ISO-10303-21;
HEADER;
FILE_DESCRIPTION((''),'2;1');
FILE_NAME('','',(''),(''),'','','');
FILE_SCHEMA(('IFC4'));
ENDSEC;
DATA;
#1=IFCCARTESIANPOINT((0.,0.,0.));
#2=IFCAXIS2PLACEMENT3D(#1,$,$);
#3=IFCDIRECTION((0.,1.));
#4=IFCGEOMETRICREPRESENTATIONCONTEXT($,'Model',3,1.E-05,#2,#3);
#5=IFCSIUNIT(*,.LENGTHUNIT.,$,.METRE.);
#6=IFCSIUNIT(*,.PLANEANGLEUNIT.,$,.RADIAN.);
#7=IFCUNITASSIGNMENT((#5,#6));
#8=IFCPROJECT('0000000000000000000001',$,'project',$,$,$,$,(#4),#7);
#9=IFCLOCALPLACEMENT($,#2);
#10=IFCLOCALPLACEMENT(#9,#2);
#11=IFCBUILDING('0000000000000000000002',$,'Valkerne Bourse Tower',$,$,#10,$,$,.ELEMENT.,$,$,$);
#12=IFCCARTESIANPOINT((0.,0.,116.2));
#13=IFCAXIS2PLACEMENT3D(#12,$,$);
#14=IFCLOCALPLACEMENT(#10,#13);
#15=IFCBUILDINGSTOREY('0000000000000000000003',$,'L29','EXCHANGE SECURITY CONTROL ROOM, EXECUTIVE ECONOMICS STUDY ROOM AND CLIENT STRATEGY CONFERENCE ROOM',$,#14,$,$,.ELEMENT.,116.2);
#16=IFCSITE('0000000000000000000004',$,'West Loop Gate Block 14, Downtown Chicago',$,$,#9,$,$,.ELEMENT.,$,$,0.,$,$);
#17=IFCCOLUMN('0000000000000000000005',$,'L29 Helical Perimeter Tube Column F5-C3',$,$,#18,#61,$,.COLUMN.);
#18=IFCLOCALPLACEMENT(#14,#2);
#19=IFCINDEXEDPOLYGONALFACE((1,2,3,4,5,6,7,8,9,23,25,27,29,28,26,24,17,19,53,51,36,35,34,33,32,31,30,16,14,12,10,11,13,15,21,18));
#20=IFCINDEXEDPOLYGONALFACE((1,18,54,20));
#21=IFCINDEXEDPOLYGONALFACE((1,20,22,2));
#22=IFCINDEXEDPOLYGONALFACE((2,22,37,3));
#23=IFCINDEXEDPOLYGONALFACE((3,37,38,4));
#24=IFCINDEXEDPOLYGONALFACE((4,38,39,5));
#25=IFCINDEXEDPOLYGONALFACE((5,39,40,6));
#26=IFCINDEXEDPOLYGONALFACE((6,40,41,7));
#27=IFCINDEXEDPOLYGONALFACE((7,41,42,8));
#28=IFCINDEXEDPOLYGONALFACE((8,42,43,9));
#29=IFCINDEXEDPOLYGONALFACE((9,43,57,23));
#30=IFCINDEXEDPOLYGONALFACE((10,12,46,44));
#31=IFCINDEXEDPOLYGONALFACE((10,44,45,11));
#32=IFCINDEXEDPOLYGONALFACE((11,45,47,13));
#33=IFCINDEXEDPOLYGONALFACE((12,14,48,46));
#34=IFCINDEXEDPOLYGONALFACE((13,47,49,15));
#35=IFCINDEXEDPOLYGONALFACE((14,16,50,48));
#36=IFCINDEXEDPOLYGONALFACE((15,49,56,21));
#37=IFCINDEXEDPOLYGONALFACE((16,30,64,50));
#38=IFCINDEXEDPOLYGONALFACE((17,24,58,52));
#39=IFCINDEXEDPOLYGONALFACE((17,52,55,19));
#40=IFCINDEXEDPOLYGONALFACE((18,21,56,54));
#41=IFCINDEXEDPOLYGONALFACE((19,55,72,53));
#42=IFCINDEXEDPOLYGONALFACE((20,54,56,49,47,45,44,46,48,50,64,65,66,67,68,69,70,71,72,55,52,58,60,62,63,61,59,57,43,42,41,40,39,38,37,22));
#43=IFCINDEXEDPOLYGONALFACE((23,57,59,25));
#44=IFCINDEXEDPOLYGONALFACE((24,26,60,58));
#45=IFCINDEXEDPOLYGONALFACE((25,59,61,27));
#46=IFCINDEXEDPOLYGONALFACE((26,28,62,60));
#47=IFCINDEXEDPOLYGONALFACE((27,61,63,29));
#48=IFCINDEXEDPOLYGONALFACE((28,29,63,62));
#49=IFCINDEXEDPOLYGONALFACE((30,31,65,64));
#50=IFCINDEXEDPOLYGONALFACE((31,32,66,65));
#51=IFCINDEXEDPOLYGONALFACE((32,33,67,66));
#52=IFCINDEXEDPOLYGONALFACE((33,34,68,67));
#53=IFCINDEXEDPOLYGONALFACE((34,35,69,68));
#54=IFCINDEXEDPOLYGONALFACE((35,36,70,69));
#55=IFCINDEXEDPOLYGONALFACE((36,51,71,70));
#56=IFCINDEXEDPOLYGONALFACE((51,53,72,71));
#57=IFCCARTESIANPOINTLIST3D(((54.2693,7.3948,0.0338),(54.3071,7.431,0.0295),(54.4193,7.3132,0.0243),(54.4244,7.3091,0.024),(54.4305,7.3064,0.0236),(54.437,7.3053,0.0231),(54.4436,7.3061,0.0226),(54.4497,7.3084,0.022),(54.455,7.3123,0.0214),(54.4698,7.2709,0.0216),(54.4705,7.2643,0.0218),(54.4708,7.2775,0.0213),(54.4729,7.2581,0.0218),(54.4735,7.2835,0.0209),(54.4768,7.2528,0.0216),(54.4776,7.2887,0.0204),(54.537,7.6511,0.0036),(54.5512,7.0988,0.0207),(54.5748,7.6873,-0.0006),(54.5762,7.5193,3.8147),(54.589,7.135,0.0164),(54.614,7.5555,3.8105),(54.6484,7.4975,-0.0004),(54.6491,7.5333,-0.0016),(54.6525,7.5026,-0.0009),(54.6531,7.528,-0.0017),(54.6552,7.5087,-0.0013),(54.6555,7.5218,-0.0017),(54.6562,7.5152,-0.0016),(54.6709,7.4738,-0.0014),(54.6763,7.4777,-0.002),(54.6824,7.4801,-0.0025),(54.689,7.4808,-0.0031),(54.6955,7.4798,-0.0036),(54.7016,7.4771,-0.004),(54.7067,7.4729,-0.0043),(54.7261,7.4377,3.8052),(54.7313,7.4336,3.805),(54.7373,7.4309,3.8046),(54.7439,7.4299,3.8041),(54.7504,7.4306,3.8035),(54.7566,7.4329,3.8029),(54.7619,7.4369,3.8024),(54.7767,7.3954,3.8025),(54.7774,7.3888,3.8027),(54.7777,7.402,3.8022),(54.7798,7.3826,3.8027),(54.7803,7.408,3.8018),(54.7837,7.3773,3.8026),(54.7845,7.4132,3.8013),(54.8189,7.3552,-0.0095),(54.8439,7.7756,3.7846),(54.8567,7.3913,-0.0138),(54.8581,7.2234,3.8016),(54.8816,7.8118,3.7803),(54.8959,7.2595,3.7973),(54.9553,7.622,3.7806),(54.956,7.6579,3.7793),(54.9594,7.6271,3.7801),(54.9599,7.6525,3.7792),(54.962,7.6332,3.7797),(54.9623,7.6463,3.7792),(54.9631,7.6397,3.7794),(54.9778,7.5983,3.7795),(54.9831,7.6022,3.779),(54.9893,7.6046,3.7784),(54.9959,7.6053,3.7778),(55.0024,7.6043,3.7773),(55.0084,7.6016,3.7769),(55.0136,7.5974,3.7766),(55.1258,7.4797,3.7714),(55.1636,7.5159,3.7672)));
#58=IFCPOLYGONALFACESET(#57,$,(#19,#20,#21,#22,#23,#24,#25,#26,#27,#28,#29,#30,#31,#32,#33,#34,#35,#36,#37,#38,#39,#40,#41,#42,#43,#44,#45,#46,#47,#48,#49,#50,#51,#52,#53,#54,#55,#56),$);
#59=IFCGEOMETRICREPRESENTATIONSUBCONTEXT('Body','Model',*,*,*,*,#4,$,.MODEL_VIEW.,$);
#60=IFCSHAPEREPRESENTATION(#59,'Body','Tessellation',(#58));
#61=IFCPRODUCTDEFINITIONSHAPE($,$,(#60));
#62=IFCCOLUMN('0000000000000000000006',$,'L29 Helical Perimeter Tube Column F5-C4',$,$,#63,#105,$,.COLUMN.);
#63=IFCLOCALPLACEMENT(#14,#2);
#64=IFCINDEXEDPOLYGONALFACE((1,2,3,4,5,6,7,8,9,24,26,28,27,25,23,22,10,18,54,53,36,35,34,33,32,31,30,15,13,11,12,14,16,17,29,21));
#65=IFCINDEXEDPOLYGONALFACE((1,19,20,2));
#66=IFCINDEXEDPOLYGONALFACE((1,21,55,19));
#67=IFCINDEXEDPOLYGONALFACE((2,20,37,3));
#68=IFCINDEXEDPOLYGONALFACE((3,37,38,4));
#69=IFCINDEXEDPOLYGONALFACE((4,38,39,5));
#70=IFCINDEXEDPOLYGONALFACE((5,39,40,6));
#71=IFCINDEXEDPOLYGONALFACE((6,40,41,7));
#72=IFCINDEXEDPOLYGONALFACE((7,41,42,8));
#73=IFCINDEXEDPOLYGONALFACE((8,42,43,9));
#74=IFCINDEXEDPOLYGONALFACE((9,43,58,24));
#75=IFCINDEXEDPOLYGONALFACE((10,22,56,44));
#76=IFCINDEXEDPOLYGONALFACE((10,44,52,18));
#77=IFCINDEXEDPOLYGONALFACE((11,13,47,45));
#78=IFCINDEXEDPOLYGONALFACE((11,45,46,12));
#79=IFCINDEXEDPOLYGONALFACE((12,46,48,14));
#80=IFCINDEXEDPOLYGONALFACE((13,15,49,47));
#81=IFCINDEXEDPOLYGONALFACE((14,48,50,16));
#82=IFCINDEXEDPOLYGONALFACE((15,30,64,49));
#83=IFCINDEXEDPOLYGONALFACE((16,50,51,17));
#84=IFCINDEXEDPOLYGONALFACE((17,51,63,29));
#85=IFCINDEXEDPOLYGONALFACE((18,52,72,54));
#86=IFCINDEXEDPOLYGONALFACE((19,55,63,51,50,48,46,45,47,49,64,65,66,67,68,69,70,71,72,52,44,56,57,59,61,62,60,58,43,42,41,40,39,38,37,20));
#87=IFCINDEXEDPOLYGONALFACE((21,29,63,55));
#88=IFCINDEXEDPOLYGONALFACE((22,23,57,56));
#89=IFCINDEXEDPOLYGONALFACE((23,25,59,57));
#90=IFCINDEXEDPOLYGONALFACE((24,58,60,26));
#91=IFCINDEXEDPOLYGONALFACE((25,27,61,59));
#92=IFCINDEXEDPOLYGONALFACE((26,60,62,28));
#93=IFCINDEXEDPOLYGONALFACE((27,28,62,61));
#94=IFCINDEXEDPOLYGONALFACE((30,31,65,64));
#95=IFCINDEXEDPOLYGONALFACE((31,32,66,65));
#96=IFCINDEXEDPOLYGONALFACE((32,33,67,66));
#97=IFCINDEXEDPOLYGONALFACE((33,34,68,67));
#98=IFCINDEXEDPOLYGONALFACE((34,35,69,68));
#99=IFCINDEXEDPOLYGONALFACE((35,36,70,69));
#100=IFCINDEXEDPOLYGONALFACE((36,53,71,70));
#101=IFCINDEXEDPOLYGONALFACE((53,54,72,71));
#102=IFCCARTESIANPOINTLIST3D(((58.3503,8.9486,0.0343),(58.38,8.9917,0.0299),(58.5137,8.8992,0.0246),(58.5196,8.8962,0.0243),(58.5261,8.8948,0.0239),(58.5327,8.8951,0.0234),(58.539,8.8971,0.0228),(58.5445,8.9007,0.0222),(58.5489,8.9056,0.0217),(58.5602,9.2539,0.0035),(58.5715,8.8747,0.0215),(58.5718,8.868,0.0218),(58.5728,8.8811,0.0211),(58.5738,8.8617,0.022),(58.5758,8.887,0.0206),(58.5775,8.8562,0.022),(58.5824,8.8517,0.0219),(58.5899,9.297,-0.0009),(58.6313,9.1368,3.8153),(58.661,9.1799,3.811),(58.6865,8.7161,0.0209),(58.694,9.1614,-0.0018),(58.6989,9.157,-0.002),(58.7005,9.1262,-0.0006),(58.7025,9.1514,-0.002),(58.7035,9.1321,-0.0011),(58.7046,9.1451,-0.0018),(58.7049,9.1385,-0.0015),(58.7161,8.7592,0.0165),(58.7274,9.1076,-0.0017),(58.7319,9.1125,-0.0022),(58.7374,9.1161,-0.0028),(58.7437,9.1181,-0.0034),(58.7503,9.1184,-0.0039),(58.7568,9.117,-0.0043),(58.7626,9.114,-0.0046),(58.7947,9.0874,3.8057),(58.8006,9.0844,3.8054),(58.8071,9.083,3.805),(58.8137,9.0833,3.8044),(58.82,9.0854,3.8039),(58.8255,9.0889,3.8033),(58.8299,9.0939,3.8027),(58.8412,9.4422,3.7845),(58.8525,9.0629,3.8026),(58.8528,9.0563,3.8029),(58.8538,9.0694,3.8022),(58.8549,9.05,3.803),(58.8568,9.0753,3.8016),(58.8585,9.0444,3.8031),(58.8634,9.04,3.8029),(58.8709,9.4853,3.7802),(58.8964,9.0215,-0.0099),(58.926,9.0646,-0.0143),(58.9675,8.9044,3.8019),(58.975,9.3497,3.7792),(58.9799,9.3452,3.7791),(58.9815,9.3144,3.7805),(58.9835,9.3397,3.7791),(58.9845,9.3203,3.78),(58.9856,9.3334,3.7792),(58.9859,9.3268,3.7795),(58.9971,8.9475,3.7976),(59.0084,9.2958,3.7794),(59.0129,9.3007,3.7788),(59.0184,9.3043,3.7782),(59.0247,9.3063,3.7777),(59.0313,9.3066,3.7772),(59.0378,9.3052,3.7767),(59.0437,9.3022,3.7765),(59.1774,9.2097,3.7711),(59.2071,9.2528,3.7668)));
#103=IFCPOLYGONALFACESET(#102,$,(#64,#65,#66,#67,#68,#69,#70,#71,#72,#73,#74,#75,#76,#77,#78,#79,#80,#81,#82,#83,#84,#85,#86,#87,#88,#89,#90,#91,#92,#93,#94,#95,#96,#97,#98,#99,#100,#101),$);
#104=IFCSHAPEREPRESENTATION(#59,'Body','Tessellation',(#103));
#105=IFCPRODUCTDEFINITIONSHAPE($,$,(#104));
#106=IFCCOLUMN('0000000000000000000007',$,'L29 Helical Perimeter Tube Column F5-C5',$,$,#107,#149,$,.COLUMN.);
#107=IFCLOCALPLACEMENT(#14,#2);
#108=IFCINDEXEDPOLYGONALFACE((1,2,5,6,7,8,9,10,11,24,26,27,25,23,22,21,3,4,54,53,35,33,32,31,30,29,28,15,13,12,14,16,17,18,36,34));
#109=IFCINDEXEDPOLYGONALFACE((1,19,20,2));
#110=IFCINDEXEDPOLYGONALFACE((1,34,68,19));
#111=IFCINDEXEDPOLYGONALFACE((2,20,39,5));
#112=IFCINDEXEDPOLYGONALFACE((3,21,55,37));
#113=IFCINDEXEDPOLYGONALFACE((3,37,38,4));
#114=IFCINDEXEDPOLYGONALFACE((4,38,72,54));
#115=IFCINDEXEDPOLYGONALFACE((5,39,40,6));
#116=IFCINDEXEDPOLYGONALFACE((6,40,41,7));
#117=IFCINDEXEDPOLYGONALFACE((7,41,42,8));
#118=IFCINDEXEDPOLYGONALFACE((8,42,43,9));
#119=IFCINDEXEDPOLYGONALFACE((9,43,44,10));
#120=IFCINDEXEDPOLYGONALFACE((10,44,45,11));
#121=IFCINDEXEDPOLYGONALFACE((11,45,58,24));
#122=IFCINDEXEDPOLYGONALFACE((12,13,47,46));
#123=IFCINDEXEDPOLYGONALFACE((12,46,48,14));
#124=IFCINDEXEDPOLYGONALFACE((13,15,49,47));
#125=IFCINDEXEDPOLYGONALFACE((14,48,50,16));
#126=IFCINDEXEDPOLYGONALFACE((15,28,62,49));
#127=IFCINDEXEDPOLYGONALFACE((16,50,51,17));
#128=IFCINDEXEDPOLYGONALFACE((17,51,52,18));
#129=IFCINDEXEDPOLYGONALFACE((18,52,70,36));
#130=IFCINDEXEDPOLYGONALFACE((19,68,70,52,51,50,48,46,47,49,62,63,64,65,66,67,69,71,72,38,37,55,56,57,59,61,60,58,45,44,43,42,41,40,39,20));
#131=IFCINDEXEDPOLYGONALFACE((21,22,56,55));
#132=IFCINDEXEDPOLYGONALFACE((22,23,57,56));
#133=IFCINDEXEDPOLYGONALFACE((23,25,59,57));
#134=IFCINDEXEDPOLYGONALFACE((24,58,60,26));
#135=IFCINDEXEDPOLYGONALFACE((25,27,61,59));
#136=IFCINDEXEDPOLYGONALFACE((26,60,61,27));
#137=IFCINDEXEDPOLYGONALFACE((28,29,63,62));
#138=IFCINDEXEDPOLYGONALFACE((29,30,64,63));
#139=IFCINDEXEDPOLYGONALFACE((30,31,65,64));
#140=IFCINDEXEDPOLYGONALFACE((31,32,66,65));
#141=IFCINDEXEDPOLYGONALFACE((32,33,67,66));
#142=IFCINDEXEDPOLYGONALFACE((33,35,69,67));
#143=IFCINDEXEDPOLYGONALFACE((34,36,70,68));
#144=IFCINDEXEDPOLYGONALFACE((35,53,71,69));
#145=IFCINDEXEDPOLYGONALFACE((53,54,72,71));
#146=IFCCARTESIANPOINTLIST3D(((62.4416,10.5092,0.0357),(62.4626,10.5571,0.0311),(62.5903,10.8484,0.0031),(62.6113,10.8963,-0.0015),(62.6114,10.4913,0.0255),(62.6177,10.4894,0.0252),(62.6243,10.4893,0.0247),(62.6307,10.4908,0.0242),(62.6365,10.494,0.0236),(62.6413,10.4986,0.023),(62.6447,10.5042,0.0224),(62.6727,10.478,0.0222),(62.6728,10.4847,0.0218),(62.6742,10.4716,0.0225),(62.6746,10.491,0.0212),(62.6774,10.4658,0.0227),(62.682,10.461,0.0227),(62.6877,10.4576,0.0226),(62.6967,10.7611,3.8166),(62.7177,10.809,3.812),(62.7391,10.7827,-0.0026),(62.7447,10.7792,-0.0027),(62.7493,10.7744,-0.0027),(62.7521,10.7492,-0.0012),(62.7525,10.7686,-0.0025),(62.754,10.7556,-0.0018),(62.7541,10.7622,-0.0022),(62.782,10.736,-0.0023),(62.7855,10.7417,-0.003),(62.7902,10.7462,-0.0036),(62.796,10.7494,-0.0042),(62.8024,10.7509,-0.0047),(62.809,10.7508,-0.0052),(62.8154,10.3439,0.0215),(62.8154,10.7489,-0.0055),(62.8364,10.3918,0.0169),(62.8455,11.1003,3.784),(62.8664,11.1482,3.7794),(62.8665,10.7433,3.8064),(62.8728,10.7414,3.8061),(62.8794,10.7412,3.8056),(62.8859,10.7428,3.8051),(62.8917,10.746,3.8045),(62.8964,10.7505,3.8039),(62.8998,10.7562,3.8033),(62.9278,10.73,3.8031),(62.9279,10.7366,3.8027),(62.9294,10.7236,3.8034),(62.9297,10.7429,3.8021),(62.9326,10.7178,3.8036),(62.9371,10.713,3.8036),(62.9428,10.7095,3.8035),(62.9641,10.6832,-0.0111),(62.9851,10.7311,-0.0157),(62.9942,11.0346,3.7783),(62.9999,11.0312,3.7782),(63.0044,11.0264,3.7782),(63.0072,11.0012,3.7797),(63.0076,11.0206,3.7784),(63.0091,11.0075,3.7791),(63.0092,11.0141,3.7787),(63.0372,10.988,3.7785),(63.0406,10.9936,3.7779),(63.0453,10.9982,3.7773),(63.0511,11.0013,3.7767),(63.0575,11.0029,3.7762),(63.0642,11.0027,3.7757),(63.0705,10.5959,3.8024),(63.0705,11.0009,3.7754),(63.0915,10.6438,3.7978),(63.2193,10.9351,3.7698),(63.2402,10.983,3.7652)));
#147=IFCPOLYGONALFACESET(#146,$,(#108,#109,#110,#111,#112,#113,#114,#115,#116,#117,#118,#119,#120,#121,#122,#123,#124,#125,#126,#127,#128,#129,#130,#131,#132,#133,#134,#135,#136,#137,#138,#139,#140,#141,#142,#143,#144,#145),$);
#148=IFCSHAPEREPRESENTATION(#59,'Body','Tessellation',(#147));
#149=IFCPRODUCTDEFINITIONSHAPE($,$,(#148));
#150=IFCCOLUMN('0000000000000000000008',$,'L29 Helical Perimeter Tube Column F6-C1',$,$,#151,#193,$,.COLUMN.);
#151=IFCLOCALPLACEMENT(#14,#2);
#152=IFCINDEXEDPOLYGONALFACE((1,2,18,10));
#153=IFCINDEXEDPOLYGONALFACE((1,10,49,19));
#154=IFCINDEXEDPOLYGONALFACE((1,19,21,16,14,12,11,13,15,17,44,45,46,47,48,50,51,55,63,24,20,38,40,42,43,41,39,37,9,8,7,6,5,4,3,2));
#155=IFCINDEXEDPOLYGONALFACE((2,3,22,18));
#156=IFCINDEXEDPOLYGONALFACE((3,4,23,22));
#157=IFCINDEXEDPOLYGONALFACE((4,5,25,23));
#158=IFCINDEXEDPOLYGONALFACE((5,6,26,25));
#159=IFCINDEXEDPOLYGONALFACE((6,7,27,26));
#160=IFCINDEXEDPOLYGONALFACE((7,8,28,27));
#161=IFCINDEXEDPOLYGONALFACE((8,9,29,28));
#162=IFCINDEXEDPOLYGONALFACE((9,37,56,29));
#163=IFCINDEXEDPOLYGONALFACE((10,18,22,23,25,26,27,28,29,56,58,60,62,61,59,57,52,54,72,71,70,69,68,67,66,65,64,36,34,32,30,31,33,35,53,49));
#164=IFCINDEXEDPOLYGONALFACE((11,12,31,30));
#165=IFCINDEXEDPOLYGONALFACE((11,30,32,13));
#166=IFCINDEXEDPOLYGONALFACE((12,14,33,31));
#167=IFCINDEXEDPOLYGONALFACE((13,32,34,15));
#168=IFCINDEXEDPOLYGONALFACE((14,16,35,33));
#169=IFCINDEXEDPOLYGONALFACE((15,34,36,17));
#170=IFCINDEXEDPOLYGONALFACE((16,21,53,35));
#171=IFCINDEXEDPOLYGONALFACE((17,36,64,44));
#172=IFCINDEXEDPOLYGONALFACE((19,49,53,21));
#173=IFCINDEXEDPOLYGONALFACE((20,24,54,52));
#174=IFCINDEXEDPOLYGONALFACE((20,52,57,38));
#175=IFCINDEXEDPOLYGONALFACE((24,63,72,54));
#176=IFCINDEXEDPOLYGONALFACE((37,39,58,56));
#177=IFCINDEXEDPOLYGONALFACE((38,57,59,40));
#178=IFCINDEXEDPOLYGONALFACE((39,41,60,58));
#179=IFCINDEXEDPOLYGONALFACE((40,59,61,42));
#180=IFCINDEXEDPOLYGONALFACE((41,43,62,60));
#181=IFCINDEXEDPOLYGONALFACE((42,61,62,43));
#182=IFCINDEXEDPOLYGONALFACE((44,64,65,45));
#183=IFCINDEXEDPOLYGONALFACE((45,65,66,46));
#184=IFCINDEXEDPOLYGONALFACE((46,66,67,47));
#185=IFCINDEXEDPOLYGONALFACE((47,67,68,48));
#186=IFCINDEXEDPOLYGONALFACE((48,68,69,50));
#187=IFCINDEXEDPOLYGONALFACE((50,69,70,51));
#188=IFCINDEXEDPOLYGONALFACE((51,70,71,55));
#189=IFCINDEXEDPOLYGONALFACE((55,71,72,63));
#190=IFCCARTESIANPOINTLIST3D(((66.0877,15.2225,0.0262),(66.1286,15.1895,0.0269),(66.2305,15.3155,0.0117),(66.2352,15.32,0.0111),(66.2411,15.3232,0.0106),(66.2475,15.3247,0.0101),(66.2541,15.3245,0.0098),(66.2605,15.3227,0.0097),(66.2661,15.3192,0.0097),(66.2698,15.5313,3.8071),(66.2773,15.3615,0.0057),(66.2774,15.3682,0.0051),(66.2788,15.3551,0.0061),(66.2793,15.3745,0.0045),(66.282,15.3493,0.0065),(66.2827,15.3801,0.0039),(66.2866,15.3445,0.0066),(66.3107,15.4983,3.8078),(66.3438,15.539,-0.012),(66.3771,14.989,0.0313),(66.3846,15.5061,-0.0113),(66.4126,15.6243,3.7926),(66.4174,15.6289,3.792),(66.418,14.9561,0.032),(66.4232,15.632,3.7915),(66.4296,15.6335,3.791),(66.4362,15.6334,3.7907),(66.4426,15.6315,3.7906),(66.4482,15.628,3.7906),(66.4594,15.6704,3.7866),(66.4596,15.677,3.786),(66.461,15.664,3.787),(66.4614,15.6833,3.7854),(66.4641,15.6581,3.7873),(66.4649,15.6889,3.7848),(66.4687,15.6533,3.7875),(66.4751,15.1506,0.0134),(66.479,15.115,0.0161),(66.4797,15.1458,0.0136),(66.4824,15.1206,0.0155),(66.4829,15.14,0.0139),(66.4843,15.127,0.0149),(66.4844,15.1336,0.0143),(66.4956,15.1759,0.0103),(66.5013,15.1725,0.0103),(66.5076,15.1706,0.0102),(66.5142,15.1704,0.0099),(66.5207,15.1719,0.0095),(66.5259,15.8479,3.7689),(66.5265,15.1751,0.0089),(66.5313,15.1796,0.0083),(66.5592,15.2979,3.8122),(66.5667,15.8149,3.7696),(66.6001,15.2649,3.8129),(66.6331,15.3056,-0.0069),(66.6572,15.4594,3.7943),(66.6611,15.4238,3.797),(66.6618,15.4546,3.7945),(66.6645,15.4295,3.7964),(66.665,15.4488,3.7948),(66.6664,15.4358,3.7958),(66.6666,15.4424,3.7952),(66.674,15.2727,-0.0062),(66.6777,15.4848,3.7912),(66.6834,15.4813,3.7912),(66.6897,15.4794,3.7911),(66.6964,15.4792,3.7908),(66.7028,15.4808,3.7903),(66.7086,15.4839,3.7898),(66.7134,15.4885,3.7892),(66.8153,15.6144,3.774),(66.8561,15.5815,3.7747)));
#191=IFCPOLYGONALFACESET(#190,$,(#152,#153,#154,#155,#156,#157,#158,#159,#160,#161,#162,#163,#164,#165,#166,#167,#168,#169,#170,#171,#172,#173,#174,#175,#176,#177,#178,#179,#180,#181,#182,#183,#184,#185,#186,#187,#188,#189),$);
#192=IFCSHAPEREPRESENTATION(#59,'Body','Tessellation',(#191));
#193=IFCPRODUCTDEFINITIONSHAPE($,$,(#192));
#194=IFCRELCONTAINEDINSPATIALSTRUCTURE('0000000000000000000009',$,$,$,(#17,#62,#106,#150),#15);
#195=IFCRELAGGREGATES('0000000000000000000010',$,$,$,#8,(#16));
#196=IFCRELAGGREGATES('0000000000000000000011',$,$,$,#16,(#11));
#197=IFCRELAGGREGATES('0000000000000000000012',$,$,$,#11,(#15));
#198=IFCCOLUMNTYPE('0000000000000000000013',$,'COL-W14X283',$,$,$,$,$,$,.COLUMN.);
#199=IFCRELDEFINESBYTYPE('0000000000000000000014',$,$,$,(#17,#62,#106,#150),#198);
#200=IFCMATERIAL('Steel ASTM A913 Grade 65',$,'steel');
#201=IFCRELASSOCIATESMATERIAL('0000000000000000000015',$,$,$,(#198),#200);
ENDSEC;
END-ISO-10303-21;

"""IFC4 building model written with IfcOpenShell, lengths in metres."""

from ifc_helpers import new_model, si_unit, direction, frame, origin, origin_2d, place, context, subcontext, project, spatial, i_section, extrude, material, material_profile, profile_set, type_object, element, save


model = new_model("IFC4")

# Units and contexts
model_context = context("Model", 3, precision=1e-05, world=origin(), true_north=direction((0.0, 1.0)))
body_context = subcontext(model_context, "Body", "Model", "MODEL_VIEW")
ifc_project = project(units=[si_unit("LENGTHUNIT", "METRE"), si_unit("PLANEANGLEUNIT", "RADIAN")], contexts=[model_context])

# Site, building, storey
site_placement = place(None, origin())
site = spatial("IfcSite", under=ifc_project, at=site_placement, Name="West Loop Gate Block 14, Downtown Chicago", CompositionType="ELEMENT", RefElevation=0.0)
building_placement = place(site_placement, origin())
building = spatial("IfcBuilding", under=site, at=building_placement, Name="Valkerne Bourse Tower", CompositionType="ELEMENT")
storey_placement = place(building_placement, frame((0.0, 0.0, 116.2)))
storey = spatial("IfcBuildingStorey", under=building, at=storey_placement, Name="L29", Description="EXCHANGE SECURITY CONTROL ROOM, EXECUTIVE ECONOMICS STUDY ROOM AND CLIENT STRATEGY CONFERENCE ROOM", CompositionType="ELEMENT", Elevation=116.2)

# Columns
ifc_material_1 = material(Name="Steel ASTM A913 Grade 65", Category="steel")
ifc_material_profile_1 = material_profile(ifc_material_1, i_section(OverallWidth=0.4089, OverallDepth=0.4243, WebThickness=0.0327, FlangeThickness=0.0525, FilletRadius=0.0254, at=origin_2d()), Name="W14X283")
ifc_profile_set_1 = profile_set([ifc_material_profile_1], Name="Steel ASTM A913 Grade 65")
column_type = type_object("IfcColumnType", Name="COL-W14X283", PredefinedType="COLUMN", material=ifc_profile_set_1)
column_1_placement = place(storey_placement, frame((54.563, 7.3931, 0.01), z_axis=(0.080855, 0.032805, 0.996186), x_axis=(-0.689376, 0.723691, 0.032121)))
element("IfcColumn", 1, at=column_1_placement, inside=storey, type_object=column_type, Name="L29 Helical Perimeter Tube Column F5-C3", PredefinedType="COLUMN", context=body_context, shape_type="SweptSolid", body=[
    extrude(i_section(OverallWidth=0.4089, OverallDepth=0.4243, WebThickness=0.0327, FlangeThickness=0.0525, FilletRadius=0.0254, at=origin_2d()), origin(), (0.0, 0.0, 1.0), 3.7954),
])
column_2_placement = place(storey_placement, frame((58.6382, 9.0066, 0.01), z_axis=(0.074025, 0.049586, 0.996023), x_axis=(-0.822081, 0.568425, 0.032799)))
element("IfcColumn", 2, at=column_2_placement, inside=storey, type_object=column_type, Name="L29 Helical Perimeter Tube Column F5-C4", PredefinedType="COLUMN", context=body_context, shape_type="SweptSolid", body=[
    extrude(i_section(OverallWidth=0.4089, OverallDepth=0.4243, WebThickness=0.0327, FlangeThickness=0.0525, FilletRadius=0.0254, at=origin_2d()), origin(), (0.0, 0.0, 1.0), 3.7961),
])
for number, where, z_axis, x_axis, name in (
    (3, (62.7134, 10.6201, 0.01), (0.067175, 0.066339, 0.995533), (-0.914081, 0.40404, 0.034755), "L29 Helical Perimeter Tube Column F5-C5"),
    (4, (66.3809, 15.2476, 0.01), (0.047954, 0.081317, 0.995534), (-0.626111, -0.774121, 0.093391), "L29 Helical Perimeter Tube Column F6-C1"),
):
    element("IfcColumn", number, at=place(storey_placement, frame(where, z_axis=z_axis, x_axis=x_axis)), inside=storey, type_object=column_type, Name=name, PredefinedType="COLUMN", context=body_context, shape_type="SweptSolid", body=[
        extrude(i_section(OverallWidth=0.4089, OverallDepth=0.4243, WebThickness=0.0327, FlangeThickness=0.0525, FilletRadius=0.0254, at=origin_2d()), origin(), (0.0, 0.0, 1.0), 3.7979),
    ])

save(model, "model.ifc")
